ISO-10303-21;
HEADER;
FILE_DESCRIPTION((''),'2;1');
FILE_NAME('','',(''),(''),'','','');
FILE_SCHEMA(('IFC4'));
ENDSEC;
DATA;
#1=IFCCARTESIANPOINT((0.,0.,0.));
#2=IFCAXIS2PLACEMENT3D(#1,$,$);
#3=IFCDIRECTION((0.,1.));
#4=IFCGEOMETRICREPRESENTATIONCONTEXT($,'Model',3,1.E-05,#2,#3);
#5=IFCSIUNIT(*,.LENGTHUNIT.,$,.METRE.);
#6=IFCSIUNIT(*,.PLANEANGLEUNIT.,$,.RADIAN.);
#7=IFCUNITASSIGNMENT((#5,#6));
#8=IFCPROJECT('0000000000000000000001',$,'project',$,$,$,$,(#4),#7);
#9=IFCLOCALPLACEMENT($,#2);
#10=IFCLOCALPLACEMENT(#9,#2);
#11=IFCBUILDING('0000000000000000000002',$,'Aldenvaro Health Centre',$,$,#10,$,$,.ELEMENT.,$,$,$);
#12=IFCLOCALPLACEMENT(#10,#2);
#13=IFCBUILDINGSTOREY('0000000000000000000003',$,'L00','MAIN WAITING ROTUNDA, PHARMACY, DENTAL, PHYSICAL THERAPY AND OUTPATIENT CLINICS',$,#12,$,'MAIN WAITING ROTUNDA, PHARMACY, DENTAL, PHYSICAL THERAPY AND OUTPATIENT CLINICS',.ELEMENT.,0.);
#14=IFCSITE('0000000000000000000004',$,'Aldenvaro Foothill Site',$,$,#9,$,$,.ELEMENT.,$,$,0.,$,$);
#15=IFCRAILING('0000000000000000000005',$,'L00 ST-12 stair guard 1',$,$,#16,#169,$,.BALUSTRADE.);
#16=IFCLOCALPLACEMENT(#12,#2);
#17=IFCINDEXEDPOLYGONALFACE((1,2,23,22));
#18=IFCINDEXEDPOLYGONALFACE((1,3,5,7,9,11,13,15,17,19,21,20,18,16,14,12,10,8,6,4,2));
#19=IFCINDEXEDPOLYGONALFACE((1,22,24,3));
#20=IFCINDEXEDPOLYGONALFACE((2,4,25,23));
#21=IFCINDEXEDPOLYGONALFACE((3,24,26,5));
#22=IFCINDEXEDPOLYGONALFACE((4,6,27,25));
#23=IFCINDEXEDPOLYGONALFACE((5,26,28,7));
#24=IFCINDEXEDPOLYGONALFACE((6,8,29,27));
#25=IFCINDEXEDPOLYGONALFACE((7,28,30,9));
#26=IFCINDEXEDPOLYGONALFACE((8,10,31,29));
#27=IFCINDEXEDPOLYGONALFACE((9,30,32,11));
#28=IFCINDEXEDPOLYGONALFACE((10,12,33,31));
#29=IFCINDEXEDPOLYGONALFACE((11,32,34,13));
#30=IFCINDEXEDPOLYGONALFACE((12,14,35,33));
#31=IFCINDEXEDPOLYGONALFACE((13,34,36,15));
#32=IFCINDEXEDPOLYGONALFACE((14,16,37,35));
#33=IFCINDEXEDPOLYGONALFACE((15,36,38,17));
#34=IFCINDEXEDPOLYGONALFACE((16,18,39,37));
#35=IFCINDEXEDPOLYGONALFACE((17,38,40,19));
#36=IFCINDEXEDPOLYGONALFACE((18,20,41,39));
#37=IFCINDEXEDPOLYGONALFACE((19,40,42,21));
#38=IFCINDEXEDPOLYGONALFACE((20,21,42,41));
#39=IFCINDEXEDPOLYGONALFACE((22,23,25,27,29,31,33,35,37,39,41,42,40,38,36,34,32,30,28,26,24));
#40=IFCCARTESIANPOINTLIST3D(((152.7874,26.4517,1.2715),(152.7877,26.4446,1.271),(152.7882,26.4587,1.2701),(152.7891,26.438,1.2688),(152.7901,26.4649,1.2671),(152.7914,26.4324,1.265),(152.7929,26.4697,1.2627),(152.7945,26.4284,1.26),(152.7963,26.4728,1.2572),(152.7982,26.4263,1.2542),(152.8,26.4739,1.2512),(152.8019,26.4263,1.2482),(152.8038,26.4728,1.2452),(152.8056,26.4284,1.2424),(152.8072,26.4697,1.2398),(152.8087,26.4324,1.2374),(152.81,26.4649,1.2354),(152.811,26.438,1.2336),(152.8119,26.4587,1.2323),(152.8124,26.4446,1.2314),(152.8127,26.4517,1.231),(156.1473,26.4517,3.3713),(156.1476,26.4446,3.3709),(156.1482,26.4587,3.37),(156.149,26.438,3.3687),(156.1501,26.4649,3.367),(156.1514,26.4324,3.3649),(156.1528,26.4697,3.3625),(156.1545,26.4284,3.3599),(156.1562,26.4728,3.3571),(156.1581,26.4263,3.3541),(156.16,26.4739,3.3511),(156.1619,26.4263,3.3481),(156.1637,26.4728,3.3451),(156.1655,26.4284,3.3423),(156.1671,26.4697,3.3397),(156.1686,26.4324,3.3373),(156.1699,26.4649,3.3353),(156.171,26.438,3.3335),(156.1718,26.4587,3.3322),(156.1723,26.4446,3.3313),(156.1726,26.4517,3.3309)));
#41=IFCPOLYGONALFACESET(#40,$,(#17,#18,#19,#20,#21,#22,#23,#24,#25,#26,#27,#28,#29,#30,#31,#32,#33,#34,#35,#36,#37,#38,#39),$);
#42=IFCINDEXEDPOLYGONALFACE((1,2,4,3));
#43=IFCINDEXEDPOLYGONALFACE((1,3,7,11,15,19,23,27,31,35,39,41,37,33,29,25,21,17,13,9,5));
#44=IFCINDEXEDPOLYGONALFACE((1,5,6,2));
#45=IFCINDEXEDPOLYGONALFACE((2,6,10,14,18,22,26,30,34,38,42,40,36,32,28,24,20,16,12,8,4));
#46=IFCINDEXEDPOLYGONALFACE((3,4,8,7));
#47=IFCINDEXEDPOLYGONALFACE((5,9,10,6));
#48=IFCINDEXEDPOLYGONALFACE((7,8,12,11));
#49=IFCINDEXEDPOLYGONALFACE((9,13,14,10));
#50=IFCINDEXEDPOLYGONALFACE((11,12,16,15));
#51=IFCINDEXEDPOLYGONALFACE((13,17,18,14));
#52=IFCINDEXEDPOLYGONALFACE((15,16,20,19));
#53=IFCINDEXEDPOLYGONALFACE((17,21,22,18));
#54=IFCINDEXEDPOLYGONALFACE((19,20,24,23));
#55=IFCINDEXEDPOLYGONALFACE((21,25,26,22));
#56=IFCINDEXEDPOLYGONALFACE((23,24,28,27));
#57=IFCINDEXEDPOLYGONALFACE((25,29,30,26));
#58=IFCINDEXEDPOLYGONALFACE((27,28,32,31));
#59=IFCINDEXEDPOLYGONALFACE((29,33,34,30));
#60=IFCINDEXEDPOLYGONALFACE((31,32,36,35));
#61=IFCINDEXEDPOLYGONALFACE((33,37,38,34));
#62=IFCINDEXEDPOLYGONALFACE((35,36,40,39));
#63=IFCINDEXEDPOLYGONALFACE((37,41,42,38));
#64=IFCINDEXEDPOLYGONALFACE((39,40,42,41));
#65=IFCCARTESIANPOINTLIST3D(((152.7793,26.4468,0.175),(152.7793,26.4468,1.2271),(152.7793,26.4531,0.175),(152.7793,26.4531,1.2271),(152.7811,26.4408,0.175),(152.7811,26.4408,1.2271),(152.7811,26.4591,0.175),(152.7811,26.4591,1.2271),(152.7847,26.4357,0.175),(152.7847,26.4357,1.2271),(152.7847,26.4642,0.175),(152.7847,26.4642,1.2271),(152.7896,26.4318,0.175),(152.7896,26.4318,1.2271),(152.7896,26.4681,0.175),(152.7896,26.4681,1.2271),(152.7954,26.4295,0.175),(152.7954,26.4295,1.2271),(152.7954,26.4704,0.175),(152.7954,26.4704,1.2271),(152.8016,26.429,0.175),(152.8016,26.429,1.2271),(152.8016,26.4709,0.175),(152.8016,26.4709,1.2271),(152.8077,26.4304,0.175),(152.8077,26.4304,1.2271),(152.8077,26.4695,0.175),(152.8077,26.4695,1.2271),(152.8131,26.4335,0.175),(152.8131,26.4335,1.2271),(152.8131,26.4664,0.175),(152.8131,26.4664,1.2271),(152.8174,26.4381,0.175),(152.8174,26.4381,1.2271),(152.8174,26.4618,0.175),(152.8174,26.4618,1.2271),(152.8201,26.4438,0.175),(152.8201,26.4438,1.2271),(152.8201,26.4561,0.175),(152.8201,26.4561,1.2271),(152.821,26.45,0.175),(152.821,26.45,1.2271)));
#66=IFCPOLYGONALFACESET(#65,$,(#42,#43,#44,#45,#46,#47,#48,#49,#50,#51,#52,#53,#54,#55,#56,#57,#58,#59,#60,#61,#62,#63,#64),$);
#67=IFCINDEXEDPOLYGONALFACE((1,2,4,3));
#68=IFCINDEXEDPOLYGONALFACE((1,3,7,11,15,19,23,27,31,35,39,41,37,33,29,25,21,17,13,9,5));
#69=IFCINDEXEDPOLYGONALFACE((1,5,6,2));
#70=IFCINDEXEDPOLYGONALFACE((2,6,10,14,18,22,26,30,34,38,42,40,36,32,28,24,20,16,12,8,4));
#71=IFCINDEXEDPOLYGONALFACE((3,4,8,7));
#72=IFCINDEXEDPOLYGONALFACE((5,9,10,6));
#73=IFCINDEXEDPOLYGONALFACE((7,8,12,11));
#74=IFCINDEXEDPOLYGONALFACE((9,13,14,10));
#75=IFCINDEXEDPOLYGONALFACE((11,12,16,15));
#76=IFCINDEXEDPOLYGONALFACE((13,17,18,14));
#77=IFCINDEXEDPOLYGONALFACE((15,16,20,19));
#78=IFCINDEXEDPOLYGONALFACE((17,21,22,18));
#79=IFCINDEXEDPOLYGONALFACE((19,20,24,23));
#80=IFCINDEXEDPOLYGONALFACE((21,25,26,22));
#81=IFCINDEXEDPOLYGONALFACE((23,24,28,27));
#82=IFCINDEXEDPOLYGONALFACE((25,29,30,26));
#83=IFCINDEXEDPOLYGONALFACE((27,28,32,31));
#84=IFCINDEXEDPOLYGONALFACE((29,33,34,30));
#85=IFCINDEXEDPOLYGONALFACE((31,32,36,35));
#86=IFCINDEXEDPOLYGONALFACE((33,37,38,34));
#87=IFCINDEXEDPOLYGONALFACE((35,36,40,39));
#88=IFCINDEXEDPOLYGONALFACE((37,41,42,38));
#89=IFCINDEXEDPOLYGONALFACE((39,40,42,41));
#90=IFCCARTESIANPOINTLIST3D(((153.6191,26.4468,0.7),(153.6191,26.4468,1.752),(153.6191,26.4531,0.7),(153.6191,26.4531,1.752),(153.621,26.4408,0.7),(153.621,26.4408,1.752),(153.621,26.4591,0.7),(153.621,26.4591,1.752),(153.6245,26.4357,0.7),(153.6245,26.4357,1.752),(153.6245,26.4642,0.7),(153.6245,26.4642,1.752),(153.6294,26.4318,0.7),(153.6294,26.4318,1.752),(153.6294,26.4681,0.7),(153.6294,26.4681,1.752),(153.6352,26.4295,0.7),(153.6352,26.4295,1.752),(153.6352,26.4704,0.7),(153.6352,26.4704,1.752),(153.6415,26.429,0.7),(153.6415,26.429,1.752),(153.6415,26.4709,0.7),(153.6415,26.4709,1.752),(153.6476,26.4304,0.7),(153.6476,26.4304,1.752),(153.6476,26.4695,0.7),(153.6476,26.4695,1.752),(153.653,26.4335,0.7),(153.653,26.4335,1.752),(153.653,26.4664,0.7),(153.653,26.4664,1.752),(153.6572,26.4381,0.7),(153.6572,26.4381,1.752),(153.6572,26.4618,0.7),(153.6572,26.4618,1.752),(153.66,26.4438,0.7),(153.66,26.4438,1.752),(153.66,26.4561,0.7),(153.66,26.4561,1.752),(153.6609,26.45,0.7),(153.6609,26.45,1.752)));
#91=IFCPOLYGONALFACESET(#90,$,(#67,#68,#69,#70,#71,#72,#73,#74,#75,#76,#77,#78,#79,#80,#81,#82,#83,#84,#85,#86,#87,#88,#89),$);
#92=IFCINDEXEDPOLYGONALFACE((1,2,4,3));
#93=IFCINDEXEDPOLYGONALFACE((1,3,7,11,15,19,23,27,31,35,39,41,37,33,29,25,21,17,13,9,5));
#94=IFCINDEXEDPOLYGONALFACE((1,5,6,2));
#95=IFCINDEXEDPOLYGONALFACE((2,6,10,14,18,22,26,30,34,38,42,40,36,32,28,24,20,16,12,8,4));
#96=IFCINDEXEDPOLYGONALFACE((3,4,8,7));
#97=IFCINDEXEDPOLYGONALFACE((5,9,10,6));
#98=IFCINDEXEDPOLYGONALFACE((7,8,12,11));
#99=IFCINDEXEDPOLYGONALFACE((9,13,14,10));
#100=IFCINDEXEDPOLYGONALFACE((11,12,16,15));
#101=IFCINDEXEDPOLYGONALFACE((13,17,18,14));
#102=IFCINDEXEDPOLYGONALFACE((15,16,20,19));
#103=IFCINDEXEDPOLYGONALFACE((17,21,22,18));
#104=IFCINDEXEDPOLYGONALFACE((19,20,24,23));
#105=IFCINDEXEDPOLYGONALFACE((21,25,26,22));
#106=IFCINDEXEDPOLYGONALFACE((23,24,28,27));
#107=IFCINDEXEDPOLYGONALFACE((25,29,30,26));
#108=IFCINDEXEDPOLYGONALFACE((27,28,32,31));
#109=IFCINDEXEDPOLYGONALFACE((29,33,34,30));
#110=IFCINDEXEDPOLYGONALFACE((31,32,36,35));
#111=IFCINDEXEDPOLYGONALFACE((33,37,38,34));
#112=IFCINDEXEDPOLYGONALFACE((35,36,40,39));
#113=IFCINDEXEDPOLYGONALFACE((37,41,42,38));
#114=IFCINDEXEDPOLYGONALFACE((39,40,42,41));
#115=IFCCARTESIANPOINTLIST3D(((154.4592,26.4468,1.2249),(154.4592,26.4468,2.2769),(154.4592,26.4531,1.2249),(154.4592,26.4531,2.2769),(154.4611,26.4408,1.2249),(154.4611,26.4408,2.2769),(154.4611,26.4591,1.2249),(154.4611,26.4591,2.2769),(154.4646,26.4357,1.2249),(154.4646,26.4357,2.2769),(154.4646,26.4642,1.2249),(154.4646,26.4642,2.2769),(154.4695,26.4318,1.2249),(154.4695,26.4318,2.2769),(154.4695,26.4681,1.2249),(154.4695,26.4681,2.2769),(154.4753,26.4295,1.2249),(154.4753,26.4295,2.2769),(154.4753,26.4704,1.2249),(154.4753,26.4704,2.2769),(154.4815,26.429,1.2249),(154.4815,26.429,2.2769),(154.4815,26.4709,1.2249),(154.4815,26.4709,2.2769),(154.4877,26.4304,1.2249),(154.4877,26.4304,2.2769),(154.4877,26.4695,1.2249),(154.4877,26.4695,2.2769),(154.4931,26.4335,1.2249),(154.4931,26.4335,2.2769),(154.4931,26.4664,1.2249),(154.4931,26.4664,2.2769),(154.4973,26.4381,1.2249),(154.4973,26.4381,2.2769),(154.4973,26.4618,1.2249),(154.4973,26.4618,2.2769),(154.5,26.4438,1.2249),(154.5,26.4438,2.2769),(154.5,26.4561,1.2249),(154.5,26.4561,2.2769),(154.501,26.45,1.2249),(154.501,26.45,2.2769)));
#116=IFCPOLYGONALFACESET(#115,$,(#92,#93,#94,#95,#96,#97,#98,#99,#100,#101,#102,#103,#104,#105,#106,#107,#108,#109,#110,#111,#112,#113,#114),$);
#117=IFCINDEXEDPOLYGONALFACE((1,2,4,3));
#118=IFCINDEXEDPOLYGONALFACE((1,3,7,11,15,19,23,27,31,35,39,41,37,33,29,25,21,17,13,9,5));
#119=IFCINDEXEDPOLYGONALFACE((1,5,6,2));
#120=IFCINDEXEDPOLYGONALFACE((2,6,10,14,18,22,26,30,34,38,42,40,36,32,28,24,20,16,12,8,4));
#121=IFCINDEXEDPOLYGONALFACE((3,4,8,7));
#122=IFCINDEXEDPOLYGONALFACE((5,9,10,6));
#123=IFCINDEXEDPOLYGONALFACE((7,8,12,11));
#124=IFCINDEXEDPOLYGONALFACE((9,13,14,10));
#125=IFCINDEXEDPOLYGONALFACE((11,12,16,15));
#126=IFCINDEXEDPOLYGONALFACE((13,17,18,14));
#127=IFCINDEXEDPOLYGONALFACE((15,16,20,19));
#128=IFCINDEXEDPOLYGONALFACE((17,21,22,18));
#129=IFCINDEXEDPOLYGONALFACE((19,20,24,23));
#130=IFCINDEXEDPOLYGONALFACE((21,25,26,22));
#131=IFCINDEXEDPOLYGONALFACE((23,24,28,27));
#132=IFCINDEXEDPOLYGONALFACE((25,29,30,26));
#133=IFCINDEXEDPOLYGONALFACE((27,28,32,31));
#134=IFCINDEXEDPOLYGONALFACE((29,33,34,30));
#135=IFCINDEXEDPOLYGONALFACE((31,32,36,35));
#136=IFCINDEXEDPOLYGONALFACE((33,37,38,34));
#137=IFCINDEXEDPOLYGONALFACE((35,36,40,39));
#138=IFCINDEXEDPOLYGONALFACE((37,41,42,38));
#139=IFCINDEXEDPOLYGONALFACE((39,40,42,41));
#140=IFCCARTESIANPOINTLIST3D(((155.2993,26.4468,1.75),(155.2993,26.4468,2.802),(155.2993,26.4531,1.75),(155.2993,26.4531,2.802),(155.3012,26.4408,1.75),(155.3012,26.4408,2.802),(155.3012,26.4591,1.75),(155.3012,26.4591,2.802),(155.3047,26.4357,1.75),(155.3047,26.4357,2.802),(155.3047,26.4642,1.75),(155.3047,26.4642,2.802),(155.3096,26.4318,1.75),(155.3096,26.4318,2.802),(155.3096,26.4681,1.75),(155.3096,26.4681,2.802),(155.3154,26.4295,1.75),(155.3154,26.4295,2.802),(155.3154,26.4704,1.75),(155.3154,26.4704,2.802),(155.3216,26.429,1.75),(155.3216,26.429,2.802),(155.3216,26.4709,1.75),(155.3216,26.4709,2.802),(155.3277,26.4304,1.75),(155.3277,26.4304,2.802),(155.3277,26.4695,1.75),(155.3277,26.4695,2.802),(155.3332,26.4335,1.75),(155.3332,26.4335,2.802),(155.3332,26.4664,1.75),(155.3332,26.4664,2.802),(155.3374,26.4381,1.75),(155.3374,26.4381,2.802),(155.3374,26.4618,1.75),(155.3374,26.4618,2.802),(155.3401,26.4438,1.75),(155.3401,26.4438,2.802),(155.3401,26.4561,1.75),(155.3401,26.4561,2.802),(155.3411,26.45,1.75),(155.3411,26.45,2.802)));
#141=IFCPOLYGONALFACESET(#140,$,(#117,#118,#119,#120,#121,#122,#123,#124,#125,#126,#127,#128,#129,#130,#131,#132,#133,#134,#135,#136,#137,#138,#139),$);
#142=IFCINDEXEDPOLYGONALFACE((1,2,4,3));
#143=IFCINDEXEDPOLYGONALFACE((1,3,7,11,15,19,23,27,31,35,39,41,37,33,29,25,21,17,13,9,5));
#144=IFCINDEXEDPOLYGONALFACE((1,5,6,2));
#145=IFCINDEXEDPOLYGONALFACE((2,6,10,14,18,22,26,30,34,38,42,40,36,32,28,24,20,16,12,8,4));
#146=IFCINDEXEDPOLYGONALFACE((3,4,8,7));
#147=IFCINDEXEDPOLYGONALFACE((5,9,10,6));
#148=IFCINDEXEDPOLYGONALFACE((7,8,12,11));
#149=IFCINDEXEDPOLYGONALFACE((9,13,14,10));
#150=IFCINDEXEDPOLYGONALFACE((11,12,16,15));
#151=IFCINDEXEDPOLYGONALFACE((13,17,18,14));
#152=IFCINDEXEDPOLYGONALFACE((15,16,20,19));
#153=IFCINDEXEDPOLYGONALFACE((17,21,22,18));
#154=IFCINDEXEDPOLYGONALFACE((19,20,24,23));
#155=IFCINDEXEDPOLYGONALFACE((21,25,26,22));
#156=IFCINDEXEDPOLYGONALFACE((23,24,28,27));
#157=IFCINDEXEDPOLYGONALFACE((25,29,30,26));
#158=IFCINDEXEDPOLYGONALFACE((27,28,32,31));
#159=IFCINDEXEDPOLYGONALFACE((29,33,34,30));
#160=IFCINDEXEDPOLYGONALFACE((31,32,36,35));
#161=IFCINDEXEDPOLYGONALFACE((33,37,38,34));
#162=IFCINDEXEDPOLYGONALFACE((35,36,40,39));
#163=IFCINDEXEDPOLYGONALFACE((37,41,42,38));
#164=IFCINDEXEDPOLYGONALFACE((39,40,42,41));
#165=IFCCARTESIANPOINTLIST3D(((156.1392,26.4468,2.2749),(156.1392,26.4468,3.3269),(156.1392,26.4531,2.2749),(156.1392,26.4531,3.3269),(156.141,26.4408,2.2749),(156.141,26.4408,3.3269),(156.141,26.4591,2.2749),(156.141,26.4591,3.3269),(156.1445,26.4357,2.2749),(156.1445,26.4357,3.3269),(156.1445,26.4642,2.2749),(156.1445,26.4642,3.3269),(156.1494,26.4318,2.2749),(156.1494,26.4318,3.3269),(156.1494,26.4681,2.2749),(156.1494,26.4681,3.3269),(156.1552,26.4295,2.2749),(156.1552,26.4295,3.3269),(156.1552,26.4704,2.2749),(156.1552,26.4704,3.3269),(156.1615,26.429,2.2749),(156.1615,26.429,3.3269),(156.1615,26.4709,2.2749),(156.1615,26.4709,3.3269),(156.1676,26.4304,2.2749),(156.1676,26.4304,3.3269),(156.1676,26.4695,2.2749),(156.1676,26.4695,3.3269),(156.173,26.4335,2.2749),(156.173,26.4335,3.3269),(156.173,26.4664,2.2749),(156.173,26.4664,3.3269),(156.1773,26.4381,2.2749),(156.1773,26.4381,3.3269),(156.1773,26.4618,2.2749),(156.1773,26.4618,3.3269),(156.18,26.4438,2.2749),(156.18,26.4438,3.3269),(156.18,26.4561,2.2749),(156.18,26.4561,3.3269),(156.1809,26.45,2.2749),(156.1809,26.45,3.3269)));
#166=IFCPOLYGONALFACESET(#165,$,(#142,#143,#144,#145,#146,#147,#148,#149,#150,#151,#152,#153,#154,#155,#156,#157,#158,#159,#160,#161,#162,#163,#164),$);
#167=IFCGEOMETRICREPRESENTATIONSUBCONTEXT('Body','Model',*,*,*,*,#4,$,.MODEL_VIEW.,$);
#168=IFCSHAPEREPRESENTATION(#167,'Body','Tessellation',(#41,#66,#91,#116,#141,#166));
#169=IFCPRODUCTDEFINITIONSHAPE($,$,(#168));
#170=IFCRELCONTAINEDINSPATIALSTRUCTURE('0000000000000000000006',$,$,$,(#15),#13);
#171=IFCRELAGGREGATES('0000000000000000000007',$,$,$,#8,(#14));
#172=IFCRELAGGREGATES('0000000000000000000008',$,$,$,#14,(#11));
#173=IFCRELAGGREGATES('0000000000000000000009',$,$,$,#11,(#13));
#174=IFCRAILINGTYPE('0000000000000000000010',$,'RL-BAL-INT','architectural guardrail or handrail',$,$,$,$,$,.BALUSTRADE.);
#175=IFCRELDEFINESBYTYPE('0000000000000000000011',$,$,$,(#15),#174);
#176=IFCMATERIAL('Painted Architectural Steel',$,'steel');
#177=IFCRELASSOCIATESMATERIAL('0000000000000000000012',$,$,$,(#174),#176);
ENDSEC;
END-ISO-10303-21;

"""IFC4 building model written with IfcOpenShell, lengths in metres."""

from ifc_helpers import new_model, si_unit, direction, frame, origin, origin_2d, place, context, subcontext, project, spatial, circle, extrude, material, type_object, element, save


model = new_model("IFC4")

# Units and contexts
model_context = context("Model", 3, precision=1e-05, world=origin(), true_north=direction((0.0, 1.0)))
body_context = subcontext(model_context, "Body", "Model", "MODEL_VIEW")
ifc_project = project(units=[si_unit("LENGTHUNIT", "METRE"), si_unit("PLANEANGLEUNIT", "RADIAN")], contexts=[model_context])

# Site, building, storey
site_placement = place(None, origin())
site = spatial("IfcSite", under=ifc_project, at=site_placement, Name="Aldenvaro Foothill Site", CompositionType="ELEMENT", RefElevation=0.0)
building_placement = place(site_placement, origin())
building = spatial("IfcBuilding", under=site, at=building_placement, Name="Aldenvaro Health Centre", CompositionType="ELEMENT")
storey_placement = place(building_placement, origin())
storey = spatial("IfcBuildingStorey", under=building, at=storey_placement, Name="L00", Description="MAIN WAITING ROTUNDA, PHARMACY, DENTAL, PHYSICAL THERAPY AND OUTPATIENT CLINICS", LongName="MAIN WAITING ROTUNDA, PHARMACY, DENTAL, PHYSICAL THERAPY AND OUTPATIENT CLINICS", CompositionType="ELEMENT", Elevation=0.0)

# Railing
ifc_material_1 = material(Name="Painted Architectural Steel", Category="steel")
railing_type_1 = type_object("IfcRailingType", Name="RL-BAL-INT", Description="architectural guardrail or handrail", PredefinedType="BALUSTRADE", material=ifc_material_1)
railing_1_placement = place(storey_placement, frame((152.8, 26.45, 0.175)))
element("IfcRailing", 1, at=railing_1_placement, inside=storey, type_object=railing_type_1, Name="L00 ST-12 stair guard 1", PredefinedType="BALUSTRADE", context=body_context, shape_type="SweptSolid", body=[
    extrude(circle(Radius=0.0239, at=origin_2d()), frame((0.0, 0.0, 1.0762), z_axis=(0.848005, 0.0, 0.529988), x_axis=(0.0, 1.0, 0.0)), (0.0, 0.0, 1.0), 3.9622),
    extrude(circle(Radius=0.021, at=origin_2d()), origin(), (0.0, 0.0, 1.0), 1.052),
    extrude(circle(Radius=0.021, at=origin_2d()), frame((0.8398, 0.0, 0.5249)), (0.0, 0.0, 1.0), 1.052),
    extrude(circle(Radius=0.021, at=origin_2d()), frame((1.6799, 0.0, 1.0498)), (0.0, 0.0, 1.0), 1.052),
    extrude(circle(Radius=0.021, at=origin_2d()), frame((2.52, 0.0, 1.575)), (0.0, 0.0, 1.0), 1.052),
    extrude(circle(Radius=0.021, at=origin_2d()), frame((3.3599, 0.0, 2.0999)), (0.0, 0.0, 1.0), 1.052),
])

save(model, "model.ifc")
